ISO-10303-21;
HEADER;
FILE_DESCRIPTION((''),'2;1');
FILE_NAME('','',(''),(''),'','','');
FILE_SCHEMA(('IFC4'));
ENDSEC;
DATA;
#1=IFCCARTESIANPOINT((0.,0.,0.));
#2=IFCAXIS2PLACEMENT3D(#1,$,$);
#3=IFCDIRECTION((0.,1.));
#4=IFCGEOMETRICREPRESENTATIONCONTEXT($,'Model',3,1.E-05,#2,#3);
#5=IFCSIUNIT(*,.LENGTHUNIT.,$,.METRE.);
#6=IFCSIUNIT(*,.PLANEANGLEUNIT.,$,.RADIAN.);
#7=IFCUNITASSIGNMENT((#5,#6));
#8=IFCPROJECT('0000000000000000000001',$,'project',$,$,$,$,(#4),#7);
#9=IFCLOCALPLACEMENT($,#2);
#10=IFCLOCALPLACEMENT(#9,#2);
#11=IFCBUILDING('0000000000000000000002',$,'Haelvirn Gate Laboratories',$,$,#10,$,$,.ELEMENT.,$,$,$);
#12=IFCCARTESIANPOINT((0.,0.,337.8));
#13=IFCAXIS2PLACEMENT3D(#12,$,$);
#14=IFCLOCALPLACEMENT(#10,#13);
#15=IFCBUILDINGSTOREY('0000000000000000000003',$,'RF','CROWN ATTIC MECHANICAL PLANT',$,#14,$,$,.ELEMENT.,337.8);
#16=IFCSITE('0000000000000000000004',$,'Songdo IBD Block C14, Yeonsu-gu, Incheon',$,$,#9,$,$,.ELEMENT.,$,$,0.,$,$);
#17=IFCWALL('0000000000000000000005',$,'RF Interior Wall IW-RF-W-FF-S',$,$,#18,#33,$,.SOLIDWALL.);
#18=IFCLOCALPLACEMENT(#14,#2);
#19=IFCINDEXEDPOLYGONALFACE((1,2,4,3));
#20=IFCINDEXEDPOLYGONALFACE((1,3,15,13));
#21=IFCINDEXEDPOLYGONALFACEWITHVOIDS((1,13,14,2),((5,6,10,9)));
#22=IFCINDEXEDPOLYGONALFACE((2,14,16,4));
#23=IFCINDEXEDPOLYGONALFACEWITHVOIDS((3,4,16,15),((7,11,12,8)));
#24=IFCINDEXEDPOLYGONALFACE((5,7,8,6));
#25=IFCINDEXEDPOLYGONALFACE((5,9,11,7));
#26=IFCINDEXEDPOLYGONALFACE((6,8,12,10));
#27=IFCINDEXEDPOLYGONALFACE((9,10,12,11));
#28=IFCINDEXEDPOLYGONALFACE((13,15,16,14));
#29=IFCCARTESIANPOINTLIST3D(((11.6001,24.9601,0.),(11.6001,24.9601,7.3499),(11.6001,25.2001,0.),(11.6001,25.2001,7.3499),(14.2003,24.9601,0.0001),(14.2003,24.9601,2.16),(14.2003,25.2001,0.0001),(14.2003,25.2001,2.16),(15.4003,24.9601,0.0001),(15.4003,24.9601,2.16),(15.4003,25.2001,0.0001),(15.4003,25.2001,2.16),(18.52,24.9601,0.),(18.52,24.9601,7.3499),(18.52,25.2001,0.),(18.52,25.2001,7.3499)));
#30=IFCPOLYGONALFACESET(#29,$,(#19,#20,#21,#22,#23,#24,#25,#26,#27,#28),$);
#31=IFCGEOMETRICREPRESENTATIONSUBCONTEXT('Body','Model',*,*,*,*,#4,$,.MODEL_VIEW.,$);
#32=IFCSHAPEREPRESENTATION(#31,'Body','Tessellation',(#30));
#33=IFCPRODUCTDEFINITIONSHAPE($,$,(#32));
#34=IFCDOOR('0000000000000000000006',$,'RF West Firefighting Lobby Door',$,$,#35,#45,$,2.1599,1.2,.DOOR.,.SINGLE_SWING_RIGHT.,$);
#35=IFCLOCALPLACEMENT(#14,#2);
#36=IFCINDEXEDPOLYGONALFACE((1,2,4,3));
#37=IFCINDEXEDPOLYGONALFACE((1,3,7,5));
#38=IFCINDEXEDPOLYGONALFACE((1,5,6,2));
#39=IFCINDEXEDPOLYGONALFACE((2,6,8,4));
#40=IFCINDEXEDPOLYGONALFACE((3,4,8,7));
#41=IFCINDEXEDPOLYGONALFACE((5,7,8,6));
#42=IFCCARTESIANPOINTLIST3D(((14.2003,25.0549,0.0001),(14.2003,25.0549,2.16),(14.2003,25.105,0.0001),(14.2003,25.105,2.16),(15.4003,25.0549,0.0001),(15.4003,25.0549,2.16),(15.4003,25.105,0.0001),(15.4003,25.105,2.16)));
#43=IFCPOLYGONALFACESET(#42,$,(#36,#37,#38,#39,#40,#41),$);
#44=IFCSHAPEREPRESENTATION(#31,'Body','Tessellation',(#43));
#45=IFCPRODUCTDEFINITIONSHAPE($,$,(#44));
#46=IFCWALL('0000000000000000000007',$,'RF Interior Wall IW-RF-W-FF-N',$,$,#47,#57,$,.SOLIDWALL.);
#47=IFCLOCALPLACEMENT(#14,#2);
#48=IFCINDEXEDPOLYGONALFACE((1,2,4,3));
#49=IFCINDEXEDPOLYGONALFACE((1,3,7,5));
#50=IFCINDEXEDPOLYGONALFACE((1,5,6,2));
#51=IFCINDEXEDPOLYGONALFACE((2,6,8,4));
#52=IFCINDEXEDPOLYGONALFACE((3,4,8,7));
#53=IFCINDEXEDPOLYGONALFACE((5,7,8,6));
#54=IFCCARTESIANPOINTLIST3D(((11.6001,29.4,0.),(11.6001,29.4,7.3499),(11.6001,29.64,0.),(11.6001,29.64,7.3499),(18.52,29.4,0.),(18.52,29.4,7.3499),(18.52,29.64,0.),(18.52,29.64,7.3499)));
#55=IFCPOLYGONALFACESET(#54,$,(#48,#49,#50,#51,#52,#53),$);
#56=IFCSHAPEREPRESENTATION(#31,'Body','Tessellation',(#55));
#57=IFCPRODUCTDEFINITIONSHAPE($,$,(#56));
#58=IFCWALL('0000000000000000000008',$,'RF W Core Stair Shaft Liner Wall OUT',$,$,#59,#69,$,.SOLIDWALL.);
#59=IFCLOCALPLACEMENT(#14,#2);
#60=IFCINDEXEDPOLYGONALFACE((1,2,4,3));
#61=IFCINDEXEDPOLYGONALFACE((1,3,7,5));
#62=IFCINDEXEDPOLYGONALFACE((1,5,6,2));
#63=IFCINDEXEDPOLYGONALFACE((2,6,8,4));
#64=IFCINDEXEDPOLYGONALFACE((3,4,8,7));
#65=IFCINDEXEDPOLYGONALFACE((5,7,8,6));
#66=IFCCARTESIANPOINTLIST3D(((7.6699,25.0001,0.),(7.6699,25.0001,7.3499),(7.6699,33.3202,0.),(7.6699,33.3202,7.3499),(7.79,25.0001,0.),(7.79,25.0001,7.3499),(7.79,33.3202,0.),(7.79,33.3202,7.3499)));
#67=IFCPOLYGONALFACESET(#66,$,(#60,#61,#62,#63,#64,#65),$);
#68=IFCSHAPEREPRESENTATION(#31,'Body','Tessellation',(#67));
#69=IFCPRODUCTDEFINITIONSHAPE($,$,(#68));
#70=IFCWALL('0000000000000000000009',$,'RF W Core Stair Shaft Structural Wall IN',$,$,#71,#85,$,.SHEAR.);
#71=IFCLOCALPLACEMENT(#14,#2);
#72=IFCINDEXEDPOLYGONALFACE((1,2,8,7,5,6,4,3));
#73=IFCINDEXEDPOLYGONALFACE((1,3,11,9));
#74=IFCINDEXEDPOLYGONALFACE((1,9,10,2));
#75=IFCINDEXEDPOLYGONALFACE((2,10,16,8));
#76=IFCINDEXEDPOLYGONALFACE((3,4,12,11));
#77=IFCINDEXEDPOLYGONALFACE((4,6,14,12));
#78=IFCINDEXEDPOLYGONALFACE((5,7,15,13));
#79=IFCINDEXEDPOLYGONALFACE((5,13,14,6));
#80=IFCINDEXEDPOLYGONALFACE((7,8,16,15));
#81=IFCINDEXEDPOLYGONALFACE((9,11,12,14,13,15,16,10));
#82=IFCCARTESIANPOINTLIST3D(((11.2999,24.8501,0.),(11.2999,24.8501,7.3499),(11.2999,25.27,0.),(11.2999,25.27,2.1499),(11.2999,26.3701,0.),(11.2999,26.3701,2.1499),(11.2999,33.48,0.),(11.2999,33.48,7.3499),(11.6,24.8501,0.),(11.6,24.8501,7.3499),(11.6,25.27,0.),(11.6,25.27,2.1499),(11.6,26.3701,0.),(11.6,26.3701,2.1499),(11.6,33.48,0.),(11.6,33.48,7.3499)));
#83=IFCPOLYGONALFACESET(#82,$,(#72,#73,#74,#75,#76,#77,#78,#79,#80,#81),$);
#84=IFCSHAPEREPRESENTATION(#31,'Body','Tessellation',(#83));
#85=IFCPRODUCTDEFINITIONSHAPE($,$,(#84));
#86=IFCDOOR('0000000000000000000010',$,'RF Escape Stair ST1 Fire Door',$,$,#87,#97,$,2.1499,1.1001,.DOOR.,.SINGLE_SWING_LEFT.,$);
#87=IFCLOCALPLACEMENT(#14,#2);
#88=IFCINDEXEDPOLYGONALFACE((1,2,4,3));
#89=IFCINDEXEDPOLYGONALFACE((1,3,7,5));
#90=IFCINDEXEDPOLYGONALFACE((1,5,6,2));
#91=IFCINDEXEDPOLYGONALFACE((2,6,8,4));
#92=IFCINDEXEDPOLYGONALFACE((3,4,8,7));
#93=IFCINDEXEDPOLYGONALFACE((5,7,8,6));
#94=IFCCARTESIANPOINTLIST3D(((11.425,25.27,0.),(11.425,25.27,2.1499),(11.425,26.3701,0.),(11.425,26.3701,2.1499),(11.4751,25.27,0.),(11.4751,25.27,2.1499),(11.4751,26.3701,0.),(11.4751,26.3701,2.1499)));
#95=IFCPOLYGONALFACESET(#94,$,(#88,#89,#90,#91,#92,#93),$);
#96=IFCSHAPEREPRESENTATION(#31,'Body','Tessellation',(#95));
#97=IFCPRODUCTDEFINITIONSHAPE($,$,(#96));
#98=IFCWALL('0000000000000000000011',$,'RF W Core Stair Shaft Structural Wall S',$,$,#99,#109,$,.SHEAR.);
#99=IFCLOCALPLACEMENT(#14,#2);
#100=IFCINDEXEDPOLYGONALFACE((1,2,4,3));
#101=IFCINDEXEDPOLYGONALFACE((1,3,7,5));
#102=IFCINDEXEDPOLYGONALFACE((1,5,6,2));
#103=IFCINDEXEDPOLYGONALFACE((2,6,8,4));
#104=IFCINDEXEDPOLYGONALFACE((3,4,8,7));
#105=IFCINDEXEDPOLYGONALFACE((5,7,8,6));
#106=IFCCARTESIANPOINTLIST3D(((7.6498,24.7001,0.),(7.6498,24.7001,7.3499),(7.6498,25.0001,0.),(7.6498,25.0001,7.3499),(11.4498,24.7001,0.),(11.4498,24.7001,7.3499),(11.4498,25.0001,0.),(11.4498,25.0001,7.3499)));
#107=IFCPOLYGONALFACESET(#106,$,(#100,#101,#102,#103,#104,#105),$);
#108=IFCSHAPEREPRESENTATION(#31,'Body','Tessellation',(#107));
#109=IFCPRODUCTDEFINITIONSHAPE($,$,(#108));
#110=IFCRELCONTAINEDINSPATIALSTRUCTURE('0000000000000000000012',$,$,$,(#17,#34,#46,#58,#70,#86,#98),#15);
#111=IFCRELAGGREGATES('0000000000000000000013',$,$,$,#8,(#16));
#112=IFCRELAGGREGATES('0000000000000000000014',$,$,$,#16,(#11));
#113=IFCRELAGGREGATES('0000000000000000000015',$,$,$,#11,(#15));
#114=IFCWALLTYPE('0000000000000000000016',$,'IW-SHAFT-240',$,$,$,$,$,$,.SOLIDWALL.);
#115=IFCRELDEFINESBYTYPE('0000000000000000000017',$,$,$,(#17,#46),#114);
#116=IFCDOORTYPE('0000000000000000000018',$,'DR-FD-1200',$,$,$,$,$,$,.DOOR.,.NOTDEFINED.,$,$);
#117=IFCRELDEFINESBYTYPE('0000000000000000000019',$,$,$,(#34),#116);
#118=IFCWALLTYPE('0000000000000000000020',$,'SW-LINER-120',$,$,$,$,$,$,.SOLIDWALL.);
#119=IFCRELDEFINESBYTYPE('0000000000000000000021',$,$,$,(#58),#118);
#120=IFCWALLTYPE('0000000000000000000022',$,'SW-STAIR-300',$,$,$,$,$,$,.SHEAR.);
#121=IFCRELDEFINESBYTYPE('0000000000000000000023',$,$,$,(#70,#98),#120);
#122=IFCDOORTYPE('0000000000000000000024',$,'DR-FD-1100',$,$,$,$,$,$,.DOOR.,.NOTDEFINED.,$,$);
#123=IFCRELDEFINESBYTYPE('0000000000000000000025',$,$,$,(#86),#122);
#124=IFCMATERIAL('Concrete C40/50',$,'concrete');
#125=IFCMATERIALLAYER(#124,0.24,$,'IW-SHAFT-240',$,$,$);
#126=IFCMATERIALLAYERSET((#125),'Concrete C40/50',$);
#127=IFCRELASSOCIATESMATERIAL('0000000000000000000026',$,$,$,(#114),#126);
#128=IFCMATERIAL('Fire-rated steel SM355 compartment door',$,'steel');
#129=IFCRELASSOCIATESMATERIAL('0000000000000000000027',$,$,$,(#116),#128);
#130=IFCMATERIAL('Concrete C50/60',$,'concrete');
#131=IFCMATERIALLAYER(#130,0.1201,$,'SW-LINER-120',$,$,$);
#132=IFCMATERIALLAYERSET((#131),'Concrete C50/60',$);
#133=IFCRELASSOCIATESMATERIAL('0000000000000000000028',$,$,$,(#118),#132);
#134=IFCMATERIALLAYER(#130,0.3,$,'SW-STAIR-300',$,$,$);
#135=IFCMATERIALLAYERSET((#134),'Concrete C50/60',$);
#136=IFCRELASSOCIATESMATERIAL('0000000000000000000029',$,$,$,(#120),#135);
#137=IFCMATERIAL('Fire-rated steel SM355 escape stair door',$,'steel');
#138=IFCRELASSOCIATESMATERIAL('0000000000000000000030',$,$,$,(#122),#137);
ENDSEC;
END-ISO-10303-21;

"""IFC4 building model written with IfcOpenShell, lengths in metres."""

from ifc_helpers import new_model, si_unit, direction, frame, frame_2d, origin, place, context, subcontext, project, spatial, rectangle, extrude, source, transform, mapped, material, layer, layer_set, type_object, type_shapes, element, fill, save


model = new_model("IFC4")

# Units and contexts
model_context = context("Model", 3, precision=1e-05, world=origin(), true_north=direction((0.0, 1.0)))
body_context = subcontext(model_context, "Body", "Model", "MODEL_VIEW")
ifc_project = project(units=[si_unit("LENGTHUNIT", "METRE"), si_unit("PLANEANGLEUNIT", "RADIAN")], contexts=[model_context])

# Site, building, storey
site_placement = place(None, origin())
site = spatial("IfcSite", under=ifc_project, at=site_placement, Name="Songdo IBD Block C14, Yeonsu-gu, Incheon", CompositionType="ELEMENT", RefElevation=0.0)
building_placement = place(site_placement, origin())
building = spatial("IfcBuilding", under=site, at=building_placement, Name="Haelvirn Gate Laboratories", CompositionType="ELEMENT")
storey_placement = place(building_placement, frame((0.0, 0.0, 337.8)))
storey = spatial("IfcBuildingStorey", under=building, at=storey_placement, Name="RF", Description="CROWN ATTIC MECHANICAL PLANT", CompositionType="ELEMENT", Elevation=337.8)

# Wall, opening, door
ifc_material_1 = material(Name="Concrete C40/50", Category="concrete")
ifc_layer_1 = layer(ifc_material_1, 0.24, Name="IW-SHAFT-240")
ifc_layer_set_1 = layer_set([ifc_layer_1], Name="Concrete C40/50")
wall_type_1 = type_object("IfcWallType", Name="IW-SHAFT-240", PredefinedType="SOLIDWALL", material=ifc_layer_set_1)
wall_1_placement = place(storey_placement, frame((11.6001, 25.0801, 0.0), z_axis=(0.0, 0.0, 1.0), x_axis=(1.0, 0.0, 0.0)))
wall_1 = element("IfcWall", 1, at=wall_1_placement, inside=storey, type_object=wall_type_1, Name="RF Interior Wall IW-RF-W-FF-S", PredefinedType="SOLIDWALL", context=body_context, shape_type="SweptSolid", body=[
    extrude(rectangle(XDim=6.9199, YDim=0.24, at=frame_2d((3.46, 0.0))), origin(), (0.0, 0.0, 1.0), 7.3499),
])
opening_1_placement = place(wall_1_placement, frame((2.6001, 0.0, 0.0)))
opening_1 = element("IfcOpeningElement", 2, at=opening_1_placement, cuts=wall_1, PredefinedType="OPENING", context=body_context, shape_type="SweptSolid", body=[
    extrude(rectangle(XDim=1.2, YDim=2.1599, at=frame_2d((0.6001, 1.0801))), frame((0.0, 0.1299, 0.0), z_axis=(0.0, -1.0, 0.0), x_axis=(1.0, 0.0, 0.0)), (0.0, 0.0, 1.0), 0.26),
])
ifc_material_2 = material(Name="Fire-rated steel SM355 compartment door", Category="steel")
door_type_1 = type_object("IfcDoorType", Name="DR-FD-1200", OperationType="NOTDEFINED", PredefinedType="DOOR", material=ifc_material_2)
shared_shape_1 = source(origin(), body_context, "Body", "SweptSolid", [
    extrude(rectangle(XDim=1.2, YDim=2.1599, at=frame_2d((0.6001, 1.0801))), frame((0.0, 0.0249, 0.0), z_axis=(0.0, -1.0, 0.0), x_axis=(1.0, 0.0, 0.0)), (0.0, 0.0, 1.0), 0.05),
])
type_shapes(door_type_1, [shared_shape_1])
door_1_placement = place(opening_1_placement, origin())
door_1 = element("IfcDoor", 3, at=door_1_placement, inside=storey, type_object=door_type_1, Name="RF West Firefighting Lobby Door", OperationType="SINGLE_SWING_RIGHT", OverallHeight=2.1599, OverallWidth=1.2, PredefinedType="DOOR", context=body_context, shape_type="MappedRepresentation", body=[
    mapped(shared_shape_1, transform((0.0, 0.0, 0.0), scale=1.0)),
])
fill(opening_1, door_1)

# Walls
wall_2_placement = place(storey_placement, frame((11.6001, 29.52, 0.0), z_axis=(0.0, 0.0, 1.0), x_axis=(1.0, 0.0, 0.0)))
element("IfcWall", 4, at=wall_2_placement, inside=storey, type_object=wall_type_1, Name="RF Interior Wall IW-RF-W-FF-N", PredefinedType="SOLIDWALL", context=body_context, shape_type="SweptSolid", body=[
    extrude(rectangle(XDim=6.9199, YDim=0.24, at=frame_2d((3.46, 0.0))), origin(), (0.0, 0.0, 1.0), 7.3499),
])
ifc_material_3 = material(Name="Concrete C50/60", Category="concrete")
ifc_layer_2 = layer(ifc_material_3, 0.1201, Name="SW-LINER-120")
ifc_layer_set_2 = layer_set([ifc_layer_2], Name="Concrete C50/60")
wall_type_2 = type_object("IfcWallType", Name="SW-LINER-120", PredefinedType="SOLIDWALL", material=ifc_layer_set_2)
wall_3_placement = place(storey_placement, frame((7.73, 25.0, 0.0), z_axis=(0.0, 0.0, 1.0), x_axis=(0.0, 1.0, 0.0)))
element("IfcWall", 5, at=wall_3_placement, inside=storey, type_object=wall_type_2, Name="RF W Core Stair Shaft Liner Wall OUT", PredefinedType="SOLIDWALL", context=body_context, shape_type="SweptSolid", body=[
    extrude(rectangle(XDim=8.3201, YDim=0.1201, at=frame_2d((4.1602, 0.0))), origin(), (0.0, 0.0, 1.0), 7.3499),
])

# Wall, opening, door
ifc_layer_3 = layer(ifc_material_3, 0.3, Name="SW-STAIR-300")
ifc_layer_set_3 = layer_set([ifc_layer_3], Name="Concrete C50/60")
wall_type_3 = type_object("IfcWallType", Name="SW-STAIR-300", PredefinedType="SHEAR", material=ifc_layer_set_3)
wall_4_placement = place(storey_placement, frame((11.45, 24.8501, 0.0), z_axis=(0.0, 0.0, 1.0), x_axis=(0.0, 1.0, 0.0)))
wall_4 = element("IfcWall", 6, at=wall_4_placement, inside=storey, type_object=wall_type_3, Name="RF W Core Stair Shaft Structural Wall IN", PredefinedType="SHEAR", context=body_context, shape_type="SweptSolid", body=[
    extrude(rectangle(XDim=8.6299, YDim=0.3, at=frame_2d((4.3149, 0.0))), origin(), (0.0, 0.0, 1.0), 7.3499),
])
opening_2_placement = place(wall_4_placement, frame((0.4199, 0.0, 0.0)))
opening_2 = element("IfcOpeningElement", 7, at=opening_2_placement, cuts=wall_4, PredefinedType="OPENING", context=body_context, shape_type="SweptSolid", body=[
    extrude(rectangle(XDim=1.1001, YDim=2.1499, at=frame_2d((0.55, 1.075))), frame((0.0, 0.1602, 0.0), z_axis=(0.0, -1.0, 0.0), x_axis=(1.0, 0.0, 0.0)), (0.0, 0.0, 1.0), 0.3201),
])
ifc_material_4 = material(Name="Fire-rated steel SM355 escape stair door", Category="steel")
door_type_2 = type_object("IfcDoorType", Name="DR-FD-1100", OperationType="NOTDEFINED", PredefinedType="DOOR", material=ifc_material_4)
shared_shape_2 = source(origin(), body_context, "Body", "SweptSolid", [
    extrude(rectangle(XDim=1.1001, YDim=2.1499, at=frame_2d((0.55, 1.075))), frame((0.0, 0.0249, 0.0), z_axis=(0.0, -1.0, 0.0), x_axis=(1.0, 0.0, 0.0)), (0.0, 0.0, 1.0), 0.05),
])
type_shapes(door_type_2, [shared_shape_2])
door_2_placement = place(opening_2_placement, origin())
door_2 = element("IfcDoor", 8, at=door_2_placement, inside=storey, type_object=door_type_2, Name="RF Escape Stair ST1 Fire Door", OperationType="SINGLE_SWING_LEFT", OverallHeight=2.1499, OverallWidth=1.1001, PredefinedType="DOOR", context=body_context, shape_type="MappedRepresentation", body=[
    mapped(shared_shape_2, transform((0.0, 0.0, 0.0), scale=1.0)),
])
fill(opening_2, door_2)

# Wall
wall_5_placement = place(storey_placement, frame((7.6499, 24.8501, 0.0), z_axis=(0.0, 0.0, 1.0), x_axis=(1.0, 0.0, 0.0)))
element("IfcWall", 9, at=wall_5_placement, inside=storey, type_object=wall_type_3, Name="RF W Core Stair Shaft Structural Wall S", PredefinedType="SHEAR", context=body_context, shape_type="SweptSolid", body=[
    extrude(rectangle(XDim=3.8, YDim=0.3, at=frame_2d((1.8999, 0.0))), origin(), (0.0, 0.0, 1.0), 7.3499),
])

save(model, "model.ifc")
